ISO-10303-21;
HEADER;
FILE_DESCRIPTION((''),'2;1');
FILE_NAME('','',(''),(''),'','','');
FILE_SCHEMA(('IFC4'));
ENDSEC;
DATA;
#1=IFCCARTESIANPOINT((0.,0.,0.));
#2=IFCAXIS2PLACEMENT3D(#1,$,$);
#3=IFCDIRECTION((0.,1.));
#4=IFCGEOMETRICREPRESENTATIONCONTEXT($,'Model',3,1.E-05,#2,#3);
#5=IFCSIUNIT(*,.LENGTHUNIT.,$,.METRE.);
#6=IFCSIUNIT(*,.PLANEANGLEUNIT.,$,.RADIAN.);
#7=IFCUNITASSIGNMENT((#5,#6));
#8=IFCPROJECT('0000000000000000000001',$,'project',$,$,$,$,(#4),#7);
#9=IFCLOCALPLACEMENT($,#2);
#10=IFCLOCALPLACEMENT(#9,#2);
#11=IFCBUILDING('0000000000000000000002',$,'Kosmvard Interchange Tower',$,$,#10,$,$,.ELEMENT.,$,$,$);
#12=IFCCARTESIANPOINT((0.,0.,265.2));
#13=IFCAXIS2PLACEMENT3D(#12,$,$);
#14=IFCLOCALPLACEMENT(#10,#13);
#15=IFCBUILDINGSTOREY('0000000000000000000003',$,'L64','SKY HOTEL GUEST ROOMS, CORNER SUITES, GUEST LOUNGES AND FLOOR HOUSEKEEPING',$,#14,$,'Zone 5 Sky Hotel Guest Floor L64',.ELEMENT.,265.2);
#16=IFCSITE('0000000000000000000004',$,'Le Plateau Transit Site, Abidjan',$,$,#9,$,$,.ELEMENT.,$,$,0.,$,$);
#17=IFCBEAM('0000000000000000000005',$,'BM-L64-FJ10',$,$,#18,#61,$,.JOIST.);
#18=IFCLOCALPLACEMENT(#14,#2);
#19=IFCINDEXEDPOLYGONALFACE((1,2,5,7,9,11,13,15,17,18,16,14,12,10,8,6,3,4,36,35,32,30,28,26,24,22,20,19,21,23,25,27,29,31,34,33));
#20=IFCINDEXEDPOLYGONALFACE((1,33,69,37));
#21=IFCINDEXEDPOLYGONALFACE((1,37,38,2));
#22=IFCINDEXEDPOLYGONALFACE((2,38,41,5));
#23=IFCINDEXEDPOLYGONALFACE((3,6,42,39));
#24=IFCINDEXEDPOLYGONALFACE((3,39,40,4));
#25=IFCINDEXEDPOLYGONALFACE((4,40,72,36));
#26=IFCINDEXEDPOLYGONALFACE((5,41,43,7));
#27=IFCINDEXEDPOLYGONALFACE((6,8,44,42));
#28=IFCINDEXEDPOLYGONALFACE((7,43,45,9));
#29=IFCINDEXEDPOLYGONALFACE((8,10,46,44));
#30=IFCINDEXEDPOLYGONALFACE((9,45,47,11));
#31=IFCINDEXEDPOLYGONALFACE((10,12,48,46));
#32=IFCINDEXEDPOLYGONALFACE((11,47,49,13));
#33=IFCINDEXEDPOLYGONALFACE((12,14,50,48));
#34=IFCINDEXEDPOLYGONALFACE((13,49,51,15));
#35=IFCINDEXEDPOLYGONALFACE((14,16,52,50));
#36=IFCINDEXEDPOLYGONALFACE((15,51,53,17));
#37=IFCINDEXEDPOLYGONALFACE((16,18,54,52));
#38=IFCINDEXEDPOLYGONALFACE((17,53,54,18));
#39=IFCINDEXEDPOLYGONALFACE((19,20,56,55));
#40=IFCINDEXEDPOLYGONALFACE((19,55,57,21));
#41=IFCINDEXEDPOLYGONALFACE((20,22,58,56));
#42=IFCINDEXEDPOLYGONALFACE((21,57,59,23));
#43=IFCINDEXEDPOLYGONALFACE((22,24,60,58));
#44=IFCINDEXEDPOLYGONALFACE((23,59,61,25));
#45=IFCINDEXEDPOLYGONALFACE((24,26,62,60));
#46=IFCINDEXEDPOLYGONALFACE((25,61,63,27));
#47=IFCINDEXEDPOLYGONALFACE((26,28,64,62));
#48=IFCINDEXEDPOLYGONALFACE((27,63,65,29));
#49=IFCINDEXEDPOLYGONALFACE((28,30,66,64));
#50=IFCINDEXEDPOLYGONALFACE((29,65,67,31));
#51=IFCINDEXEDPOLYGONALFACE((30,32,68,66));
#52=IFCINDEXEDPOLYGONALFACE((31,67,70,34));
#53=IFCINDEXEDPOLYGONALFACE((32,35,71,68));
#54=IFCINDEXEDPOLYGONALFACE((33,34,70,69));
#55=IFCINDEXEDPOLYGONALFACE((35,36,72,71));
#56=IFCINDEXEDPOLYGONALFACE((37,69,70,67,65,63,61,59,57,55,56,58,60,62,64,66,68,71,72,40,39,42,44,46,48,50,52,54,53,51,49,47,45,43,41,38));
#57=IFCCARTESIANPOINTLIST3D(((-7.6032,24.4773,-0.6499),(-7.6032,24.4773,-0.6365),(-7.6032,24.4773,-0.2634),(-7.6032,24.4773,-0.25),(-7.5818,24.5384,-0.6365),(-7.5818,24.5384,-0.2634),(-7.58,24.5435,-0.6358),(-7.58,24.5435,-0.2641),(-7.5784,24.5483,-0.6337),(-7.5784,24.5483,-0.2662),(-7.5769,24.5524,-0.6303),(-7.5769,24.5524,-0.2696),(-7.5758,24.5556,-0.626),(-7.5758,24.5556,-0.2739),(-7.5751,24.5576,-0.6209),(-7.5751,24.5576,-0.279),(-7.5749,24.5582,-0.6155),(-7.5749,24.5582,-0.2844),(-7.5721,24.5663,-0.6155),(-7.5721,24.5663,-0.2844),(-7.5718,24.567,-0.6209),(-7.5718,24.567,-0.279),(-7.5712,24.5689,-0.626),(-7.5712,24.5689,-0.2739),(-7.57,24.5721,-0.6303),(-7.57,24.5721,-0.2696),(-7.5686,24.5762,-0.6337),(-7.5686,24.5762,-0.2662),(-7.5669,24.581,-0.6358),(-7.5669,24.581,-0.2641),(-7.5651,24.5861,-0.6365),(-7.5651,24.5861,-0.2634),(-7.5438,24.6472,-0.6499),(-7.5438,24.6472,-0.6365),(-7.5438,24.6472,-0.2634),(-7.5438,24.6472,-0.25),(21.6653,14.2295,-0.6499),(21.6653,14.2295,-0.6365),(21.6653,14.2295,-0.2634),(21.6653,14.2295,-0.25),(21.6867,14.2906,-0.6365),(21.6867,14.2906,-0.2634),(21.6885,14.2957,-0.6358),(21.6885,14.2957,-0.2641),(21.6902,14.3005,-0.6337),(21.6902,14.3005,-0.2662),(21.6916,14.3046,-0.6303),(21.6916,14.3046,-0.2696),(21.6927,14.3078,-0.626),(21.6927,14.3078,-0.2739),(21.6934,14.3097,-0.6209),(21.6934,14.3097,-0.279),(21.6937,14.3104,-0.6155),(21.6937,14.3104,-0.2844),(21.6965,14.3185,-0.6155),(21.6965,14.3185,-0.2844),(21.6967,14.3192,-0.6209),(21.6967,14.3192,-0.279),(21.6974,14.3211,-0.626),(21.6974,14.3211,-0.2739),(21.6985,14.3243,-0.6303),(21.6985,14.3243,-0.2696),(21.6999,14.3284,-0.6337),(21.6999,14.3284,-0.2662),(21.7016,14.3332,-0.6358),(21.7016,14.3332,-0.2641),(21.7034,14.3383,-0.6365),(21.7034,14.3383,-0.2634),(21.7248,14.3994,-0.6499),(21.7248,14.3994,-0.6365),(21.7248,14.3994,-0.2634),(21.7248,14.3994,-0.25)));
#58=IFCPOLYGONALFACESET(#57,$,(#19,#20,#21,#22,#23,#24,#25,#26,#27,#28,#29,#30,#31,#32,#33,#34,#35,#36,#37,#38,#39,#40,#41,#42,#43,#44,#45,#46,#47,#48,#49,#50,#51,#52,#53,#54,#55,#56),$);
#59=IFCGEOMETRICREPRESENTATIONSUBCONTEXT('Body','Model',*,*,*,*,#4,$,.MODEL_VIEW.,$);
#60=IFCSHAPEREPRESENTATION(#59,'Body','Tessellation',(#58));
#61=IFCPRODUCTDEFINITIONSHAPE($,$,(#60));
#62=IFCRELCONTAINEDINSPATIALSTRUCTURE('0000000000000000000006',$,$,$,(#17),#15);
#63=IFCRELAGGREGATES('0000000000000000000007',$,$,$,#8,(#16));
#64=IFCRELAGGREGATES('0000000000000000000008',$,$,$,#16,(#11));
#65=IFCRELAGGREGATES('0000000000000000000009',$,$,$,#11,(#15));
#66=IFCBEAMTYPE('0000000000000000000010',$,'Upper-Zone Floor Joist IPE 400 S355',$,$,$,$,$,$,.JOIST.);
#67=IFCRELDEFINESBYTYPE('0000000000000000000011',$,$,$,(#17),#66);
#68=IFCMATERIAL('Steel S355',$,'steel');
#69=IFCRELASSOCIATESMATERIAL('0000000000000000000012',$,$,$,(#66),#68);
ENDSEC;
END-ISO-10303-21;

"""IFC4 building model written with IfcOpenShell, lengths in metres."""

from ifc_helpers import new_model, si_unit, direction, frame, origin, origin_2d, place, context, subcontext, project, spatial, i_section, extrude, source, transform, mapped, material, material_profile, profile_set, type_object, element, save


model = new_model("IFC4")

# Units and contexts
model_context = context("Model", 3, precision=1e-05, world=origin(), true_north=direction((0.0, 1.0)))
body_context = subcontext(model_context, "Body", "Model", "MODEL_VIEW")
ifc_project = project(units=[si_unit("LENGTHUNIT", "METRE"), si_unit("PLANEANGLEUNIT", "RADIAN")], contexts=[model_context])

# Site, building, storey
site_placement = place(None, origin())
site = spatial("IfcSite", under=ifc_project, at=site_placement, Name="Le Plateau Transit Site, Abidjan", CompositionType="ELEMENT", RefElevation=0.0)
building_placement = place(site_placement, origin())
building = spatial("IfcBuilding", under=site, at=building_placement, Name="Kosmvard Interchange Tower", CompositionType="ELEMENT")
storey_placement = place(building_placement, frame((0.0, 0.0, 265.2)))
storey = spatial("IfcBuildingStorey", under=building, at=storey_placement, Name="L64", Description="SKY HOTEL GUEST ROOMS, CORNER SUITES, GUEST LOUNGES AND FLOOR HOUSEKEEPING", LongName="Zone 5 Sky Hotel Guest Floor L64", CompositionType="ELEMENT", Elevation=265.2)

# Beam
ifc_material_1 = material(Name="Steel S355", Category="steel")
ifc_material_profile_1 = material_profile(ifc_material_1, i_section(OverallWidth=0.1799, OverallDepth=0.3999, WebThickness=0.0085, FlangeThickness=0.0134, FilletRadius=0.021, at=origin_2d()), Name="IPE 400")
ifc_profile_set_1 = profile_set([ifc_material_profile_1], Name="Steel S355")
beam_type_1 = type_object("IfcBeamType", Name="Upper-Zone Floor Joist IPE 400 S355", PredefinedType="JOIST", material=ifc_profile_set_1)
shared_shape_1 = source(origin(), body_context, "Body", "SweptSolid", [
    extrude(i_section(OverallWidth=0.1799, OverallDepth=0.3999, WebThickness=0.0085, FlangeThickness=0.0134, FilletRadius=0.021, at=origin_2d()), origin(), (0.0, 0.0, 1.0), 31.0107),
])
beam_1_placement = place(storey_placement, frame((21.6951, 14.3145, -0.45), z_axis=(-0.94382, 0.33046, 0.0), x_axis=(-0.33046, -0.94382, 0.0)))
element("IfcBeam", 1, at=beam_1_placement, inside=storey, type_object=beam_type_1, Name="BM-L64-FJ10", PredefinedType="JOIST", context=body_context, shape_type="MappedRepresentation", body=[
    mapped(shared_shape_1, transform((0.0, 0.0, 0.0), scale=1.0)),
])

save(model, "model.ifc")
